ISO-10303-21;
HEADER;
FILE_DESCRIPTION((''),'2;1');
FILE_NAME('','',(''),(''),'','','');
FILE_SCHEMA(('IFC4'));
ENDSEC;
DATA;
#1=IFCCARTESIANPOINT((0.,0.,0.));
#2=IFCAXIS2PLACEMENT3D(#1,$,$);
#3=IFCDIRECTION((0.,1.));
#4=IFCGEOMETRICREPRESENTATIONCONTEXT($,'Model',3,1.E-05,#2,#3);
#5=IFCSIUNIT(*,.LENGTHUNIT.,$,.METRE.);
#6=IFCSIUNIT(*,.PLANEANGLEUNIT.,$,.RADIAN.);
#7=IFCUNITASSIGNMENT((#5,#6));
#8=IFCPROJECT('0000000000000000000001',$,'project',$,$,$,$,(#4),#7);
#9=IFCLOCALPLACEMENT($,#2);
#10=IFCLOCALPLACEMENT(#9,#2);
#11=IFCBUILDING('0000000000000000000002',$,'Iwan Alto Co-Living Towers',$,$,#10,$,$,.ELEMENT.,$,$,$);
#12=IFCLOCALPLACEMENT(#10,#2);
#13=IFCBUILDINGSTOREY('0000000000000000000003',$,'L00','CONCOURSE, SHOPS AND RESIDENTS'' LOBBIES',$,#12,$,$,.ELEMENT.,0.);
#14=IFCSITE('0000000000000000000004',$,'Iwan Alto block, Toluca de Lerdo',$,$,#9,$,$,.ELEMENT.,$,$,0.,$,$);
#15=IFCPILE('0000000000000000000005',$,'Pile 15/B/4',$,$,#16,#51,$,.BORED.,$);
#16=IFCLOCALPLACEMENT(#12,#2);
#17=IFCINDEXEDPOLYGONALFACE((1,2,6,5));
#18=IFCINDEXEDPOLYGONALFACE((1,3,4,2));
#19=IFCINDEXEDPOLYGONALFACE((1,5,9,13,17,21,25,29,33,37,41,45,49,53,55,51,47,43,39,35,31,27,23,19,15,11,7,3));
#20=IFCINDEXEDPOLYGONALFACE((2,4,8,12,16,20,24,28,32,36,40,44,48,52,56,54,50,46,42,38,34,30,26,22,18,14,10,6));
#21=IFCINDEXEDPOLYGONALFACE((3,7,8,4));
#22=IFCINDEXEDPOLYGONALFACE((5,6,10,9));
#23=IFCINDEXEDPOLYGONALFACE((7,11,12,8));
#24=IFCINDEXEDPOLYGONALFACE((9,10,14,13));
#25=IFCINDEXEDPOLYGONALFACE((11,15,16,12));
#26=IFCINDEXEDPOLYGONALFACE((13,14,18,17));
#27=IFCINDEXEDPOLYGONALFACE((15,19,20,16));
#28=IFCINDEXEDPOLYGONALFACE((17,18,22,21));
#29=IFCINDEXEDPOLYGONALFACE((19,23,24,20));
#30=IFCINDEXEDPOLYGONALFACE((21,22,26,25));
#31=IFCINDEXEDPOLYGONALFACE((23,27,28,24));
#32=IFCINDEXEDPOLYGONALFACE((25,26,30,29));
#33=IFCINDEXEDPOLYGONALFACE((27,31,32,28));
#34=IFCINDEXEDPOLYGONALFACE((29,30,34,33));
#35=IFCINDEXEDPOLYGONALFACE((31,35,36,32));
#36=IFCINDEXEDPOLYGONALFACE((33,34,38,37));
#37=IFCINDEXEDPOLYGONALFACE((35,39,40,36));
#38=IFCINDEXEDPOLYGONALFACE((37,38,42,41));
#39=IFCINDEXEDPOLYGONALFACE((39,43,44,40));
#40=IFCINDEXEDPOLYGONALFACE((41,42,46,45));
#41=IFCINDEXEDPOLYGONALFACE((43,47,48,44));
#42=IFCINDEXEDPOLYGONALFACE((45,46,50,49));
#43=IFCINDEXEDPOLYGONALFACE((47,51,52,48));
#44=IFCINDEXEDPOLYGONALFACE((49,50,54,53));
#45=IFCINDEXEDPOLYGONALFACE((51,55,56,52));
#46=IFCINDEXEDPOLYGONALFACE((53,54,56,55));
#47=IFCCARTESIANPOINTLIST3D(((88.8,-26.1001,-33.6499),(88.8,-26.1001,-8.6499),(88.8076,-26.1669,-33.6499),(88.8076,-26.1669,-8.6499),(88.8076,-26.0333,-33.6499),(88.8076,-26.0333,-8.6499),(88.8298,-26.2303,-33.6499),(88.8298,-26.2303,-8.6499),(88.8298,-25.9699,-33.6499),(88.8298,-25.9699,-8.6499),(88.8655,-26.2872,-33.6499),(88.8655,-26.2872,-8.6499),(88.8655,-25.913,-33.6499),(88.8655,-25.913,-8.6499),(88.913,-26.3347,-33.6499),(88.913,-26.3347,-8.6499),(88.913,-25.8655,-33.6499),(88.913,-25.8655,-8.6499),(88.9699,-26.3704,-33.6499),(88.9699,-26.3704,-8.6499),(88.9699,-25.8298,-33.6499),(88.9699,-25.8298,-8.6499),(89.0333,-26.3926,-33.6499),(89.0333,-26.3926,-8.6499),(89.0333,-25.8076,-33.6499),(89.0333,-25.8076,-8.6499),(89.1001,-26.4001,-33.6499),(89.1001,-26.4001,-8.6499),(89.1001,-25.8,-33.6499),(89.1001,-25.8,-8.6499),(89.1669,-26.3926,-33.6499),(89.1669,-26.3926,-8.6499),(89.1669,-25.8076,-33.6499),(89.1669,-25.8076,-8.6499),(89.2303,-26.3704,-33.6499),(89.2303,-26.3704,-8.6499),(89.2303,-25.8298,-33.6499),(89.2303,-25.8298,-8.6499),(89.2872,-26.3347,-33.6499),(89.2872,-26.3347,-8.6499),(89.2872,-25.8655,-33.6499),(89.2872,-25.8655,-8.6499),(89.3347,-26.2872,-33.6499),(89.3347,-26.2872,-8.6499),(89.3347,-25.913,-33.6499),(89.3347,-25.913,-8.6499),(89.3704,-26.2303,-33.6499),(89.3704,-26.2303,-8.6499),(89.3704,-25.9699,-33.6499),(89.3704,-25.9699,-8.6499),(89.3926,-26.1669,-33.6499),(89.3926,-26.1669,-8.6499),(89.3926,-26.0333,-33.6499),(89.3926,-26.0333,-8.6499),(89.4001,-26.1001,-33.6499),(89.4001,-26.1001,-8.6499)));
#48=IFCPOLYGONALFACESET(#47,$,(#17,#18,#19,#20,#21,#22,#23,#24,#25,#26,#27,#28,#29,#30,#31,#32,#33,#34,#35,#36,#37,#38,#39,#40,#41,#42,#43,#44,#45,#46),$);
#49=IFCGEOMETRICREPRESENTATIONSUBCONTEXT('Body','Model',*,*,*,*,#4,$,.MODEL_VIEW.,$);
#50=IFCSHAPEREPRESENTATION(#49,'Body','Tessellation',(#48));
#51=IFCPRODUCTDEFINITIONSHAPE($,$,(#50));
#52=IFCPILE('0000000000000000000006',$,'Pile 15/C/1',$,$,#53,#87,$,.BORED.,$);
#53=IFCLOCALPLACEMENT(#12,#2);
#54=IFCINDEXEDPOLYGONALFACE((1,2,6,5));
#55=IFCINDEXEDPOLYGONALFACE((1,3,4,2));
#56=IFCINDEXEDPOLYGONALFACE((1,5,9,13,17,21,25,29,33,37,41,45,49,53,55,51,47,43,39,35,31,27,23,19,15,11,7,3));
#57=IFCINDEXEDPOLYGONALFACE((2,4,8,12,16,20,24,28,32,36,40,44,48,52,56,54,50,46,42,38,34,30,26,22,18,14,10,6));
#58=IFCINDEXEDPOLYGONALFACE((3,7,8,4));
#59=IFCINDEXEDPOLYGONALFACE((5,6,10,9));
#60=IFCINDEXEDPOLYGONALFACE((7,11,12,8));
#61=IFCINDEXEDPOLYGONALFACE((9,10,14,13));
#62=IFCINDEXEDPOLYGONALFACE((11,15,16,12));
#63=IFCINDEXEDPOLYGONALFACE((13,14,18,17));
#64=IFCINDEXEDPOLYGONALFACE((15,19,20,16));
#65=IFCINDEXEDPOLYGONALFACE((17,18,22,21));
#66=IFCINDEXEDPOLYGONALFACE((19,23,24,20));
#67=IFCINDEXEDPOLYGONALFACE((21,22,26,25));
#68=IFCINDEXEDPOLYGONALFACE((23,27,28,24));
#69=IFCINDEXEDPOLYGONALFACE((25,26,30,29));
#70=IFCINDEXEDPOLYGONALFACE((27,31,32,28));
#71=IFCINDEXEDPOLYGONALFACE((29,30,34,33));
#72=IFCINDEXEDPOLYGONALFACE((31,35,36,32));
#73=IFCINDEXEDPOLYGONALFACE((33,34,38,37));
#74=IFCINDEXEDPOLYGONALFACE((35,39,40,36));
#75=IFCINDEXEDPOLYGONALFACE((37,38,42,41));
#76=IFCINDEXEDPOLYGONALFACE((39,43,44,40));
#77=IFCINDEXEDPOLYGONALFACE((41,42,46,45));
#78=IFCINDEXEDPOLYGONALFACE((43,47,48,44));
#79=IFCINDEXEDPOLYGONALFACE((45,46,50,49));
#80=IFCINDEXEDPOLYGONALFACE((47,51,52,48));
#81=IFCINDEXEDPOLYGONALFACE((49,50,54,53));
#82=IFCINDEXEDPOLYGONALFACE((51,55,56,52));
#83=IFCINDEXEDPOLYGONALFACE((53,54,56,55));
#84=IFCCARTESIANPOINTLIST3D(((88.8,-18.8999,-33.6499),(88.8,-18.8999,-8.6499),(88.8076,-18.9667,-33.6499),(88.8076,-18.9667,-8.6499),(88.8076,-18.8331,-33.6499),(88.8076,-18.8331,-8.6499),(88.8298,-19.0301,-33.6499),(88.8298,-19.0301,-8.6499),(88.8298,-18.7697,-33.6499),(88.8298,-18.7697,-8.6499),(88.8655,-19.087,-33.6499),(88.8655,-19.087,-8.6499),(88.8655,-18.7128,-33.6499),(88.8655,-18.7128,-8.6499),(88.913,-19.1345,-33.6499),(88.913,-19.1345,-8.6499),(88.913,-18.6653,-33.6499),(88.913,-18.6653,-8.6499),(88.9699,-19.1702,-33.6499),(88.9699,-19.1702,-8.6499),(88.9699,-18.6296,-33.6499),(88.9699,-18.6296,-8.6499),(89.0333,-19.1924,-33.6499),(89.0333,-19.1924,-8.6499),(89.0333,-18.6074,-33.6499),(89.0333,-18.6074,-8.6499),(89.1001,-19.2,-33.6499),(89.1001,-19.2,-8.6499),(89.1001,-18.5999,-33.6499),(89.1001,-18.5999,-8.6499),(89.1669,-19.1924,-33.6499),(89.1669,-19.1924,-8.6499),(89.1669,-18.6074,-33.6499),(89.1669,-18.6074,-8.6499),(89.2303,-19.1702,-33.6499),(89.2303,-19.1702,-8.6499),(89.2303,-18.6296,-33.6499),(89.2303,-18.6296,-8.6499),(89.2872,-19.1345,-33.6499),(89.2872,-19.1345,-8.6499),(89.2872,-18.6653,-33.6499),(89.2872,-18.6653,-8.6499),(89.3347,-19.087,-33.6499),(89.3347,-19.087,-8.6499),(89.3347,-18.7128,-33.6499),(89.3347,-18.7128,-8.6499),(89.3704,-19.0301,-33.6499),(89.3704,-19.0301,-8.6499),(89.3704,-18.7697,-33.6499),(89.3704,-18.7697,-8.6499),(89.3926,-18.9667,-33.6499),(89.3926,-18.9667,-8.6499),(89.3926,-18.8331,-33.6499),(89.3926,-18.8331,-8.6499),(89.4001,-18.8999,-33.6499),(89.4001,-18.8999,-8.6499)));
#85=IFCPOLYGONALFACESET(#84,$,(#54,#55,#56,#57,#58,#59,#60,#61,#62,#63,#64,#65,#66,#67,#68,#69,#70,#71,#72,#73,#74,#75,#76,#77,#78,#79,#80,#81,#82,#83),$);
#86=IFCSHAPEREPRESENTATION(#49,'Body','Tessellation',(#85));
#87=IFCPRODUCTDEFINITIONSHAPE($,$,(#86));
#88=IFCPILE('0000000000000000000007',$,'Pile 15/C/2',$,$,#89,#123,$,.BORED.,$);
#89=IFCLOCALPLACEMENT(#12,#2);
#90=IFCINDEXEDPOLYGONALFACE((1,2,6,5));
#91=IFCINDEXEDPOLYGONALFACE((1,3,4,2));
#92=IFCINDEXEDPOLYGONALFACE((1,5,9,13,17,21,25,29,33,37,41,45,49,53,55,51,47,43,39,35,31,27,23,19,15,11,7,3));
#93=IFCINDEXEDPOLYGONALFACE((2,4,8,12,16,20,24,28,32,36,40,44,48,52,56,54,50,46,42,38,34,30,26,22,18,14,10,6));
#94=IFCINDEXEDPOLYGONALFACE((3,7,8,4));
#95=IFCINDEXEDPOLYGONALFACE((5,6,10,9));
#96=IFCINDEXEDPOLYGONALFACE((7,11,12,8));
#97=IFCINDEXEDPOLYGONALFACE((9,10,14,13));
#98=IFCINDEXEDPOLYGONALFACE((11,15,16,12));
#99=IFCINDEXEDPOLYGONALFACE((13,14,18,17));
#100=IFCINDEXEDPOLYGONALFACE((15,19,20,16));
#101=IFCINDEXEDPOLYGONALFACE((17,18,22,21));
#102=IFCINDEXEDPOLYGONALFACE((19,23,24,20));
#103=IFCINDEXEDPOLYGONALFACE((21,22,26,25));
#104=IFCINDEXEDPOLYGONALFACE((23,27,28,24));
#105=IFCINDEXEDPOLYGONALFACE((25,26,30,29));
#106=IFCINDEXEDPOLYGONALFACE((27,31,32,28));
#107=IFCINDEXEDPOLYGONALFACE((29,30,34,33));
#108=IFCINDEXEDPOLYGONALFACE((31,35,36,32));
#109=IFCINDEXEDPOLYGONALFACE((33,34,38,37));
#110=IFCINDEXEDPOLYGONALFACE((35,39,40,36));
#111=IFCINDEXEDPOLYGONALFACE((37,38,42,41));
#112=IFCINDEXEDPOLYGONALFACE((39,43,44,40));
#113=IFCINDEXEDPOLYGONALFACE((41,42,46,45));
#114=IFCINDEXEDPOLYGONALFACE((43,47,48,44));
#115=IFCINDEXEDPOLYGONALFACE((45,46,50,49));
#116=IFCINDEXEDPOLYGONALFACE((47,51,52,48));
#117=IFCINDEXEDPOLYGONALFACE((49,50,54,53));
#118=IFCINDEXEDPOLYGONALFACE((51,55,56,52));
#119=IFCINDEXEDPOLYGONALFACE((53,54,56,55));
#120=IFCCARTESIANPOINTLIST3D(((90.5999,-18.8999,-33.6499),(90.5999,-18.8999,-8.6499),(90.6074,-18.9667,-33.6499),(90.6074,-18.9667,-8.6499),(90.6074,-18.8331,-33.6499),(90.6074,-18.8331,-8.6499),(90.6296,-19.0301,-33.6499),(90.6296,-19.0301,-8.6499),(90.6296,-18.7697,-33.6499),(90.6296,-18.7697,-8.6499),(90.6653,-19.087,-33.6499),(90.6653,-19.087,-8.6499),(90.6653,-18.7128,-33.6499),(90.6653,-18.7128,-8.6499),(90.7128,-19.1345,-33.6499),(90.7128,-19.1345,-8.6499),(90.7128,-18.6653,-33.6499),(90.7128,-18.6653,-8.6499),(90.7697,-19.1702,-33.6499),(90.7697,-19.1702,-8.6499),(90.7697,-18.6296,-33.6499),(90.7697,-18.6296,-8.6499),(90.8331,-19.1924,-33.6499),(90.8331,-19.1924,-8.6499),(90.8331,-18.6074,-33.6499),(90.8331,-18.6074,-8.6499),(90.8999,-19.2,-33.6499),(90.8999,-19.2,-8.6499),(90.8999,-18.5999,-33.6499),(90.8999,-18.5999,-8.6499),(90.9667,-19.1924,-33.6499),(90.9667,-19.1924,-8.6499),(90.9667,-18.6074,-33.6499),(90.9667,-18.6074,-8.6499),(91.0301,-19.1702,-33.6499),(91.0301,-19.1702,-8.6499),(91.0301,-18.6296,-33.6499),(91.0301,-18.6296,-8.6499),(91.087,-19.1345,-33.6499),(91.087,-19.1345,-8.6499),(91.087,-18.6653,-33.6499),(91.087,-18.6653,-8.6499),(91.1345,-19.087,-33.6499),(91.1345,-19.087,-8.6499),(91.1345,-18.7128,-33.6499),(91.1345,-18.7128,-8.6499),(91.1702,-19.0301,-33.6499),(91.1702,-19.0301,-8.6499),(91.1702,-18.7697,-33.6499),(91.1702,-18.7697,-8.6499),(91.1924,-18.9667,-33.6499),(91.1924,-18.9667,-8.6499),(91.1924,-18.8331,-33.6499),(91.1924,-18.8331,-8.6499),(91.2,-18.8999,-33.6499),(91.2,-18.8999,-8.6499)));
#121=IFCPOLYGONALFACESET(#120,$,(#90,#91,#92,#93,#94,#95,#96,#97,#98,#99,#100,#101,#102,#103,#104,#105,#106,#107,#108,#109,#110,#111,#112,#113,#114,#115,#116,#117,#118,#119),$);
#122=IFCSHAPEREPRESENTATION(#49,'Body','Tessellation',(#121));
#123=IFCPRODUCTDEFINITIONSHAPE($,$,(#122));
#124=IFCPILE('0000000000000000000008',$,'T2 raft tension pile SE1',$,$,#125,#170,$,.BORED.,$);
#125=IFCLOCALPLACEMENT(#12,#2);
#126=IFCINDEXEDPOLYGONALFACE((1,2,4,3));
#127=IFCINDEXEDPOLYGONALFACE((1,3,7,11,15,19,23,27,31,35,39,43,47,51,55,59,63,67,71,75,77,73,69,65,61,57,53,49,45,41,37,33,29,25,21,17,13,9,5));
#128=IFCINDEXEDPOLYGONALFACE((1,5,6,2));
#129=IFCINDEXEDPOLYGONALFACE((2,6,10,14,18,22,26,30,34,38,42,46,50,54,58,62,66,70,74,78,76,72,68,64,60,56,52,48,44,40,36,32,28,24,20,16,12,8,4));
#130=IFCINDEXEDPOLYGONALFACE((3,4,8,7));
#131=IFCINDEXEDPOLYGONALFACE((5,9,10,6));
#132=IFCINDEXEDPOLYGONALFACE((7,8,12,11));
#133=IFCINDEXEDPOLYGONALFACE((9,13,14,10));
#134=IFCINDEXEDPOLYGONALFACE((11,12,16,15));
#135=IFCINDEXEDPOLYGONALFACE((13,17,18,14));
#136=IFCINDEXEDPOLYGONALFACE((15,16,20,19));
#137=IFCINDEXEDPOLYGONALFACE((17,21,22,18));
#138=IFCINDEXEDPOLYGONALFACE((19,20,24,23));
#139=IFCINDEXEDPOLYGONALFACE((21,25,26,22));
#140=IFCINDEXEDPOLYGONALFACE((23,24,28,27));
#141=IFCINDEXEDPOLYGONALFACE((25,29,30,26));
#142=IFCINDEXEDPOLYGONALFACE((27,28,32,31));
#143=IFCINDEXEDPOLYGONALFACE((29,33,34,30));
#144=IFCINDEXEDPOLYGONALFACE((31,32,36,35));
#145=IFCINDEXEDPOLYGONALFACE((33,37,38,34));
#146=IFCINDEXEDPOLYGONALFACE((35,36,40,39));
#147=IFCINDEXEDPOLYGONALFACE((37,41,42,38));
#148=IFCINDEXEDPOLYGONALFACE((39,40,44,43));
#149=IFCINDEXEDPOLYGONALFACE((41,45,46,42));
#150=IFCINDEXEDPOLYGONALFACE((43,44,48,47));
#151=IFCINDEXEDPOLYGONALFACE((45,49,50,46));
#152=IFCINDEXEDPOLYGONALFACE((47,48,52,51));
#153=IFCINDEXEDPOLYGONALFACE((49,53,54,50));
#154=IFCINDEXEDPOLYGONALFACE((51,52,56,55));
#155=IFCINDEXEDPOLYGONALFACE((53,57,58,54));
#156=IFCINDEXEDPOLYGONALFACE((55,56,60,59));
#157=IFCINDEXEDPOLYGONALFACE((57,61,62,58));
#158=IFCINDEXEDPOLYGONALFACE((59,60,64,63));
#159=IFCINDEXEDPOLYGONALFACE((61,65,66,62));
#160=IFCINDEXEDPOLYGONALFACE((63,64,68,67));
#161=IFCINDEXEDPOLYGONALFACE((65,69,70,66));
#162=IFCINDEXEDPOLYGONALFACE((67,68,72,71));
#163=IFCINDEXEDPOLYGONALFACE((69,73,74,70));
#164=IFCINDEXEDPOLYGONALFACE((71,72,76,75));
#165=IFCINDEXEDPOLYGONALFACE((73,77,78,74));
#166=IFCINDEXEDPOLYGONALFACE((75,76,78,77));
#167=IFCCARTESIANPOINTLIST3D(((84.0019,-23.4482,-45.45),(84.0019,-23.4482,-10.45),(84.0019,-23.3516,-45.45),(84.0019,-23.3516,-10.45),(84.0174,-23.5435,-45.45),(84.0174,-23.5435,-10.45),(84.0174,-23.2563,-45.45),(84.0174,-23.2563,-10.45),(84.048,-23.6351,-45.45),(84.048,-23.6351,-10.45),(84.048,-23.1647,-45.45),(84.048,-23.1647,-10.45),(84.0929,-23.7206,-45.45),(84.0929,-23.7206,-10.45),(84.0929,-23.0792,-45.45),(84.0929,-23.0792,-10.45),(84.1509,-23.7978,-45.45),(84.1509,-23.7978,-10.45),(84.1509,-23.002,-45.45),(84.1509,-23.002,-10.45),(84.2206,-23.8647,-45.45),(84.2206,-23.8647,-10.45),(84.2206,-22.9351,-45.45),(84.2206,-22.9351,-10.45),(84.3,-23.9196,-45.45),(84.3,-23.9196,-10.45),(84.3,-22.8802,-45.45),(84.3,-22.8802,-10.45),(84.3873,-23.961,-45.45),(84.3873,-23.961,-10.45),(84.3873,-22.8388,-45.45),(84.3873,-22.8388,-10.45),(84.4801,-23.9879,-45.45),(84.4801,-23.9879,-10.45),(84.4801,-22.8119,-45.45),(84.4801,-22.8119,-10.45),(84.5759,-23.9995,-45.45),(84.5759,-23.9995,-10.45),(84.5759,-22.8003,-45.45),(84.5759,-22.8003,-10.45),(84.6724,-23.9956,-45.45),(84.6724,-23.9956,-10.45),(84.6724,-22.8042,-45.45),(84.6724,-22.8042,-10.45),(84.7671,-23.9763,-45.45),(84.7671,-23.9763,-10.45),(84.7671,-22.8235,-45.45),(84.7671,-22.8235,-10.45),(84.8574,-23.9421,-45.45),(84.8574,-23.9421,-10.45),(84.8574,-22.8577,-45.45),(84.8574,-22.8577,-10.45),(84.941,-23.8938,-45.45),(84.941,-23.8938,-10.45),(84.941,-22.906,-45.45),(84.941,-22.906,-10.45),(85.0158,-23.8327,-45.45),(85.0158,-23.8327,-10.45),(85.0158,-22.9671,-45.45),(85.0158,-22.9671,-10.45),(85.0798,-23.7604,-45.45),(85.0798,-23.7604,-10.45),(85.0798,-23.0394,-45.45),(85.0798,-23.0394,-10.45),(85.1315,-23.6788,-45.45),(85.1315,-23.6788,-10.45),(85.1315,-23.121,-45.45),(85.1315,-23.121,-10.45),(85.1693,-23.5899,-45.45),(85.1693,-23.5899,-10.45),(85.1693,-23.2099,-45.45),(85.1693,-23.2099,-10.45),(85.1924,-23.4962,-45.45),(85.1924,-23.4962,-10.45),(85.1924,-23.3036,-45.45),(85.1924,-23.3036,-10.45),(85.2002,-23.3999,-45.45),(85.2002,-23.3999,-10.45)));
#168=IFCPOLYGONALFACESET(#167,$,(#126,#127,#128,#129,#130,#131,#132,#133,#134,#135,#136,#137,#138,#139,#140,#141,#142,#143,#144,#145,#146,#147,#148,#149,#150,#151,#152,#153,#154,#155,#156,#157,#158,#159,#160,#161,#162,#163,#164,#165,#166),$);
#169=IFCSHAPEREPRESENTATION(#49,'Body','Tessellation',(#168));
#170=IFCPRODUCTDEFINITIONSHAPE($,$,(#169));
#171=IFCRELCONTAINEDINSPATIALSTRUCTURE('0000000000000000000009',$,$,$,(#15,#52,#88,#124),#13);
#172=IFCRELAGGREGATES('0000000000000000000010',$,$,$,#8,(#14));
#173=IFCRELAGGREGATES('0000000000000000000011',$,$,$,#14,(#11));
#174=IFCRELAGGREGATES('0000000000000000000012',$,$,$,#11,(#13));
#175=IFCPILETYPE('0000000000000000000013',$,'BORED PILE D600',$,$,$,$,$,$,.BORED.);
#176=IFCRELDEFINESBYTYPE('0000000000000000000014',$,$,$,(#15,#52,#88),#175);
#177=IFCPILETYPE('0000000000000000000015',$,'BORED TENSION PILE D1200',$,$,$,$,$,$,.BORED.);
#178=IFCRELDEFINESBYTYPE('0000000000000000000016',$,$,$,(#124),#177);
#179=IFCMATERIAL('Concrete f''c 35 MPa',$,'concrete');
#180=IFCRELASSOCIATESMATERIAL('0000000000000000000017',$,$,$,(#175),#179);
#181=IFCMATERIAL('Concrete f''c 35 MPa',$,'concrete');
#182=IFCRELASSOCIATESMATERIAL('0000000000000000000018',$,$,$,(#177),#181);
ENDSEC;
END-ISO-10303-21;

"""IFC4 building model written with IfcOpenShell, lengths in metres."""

from ifc_helpers import new_model, si_unit, direction, frame, origin, origin_2d, place, context, subcontext, project, spatial, circle, extrude, material, material_profile, profile_set, type_object, element, save


model = new_model("IFC4")

# Units and contexts
model_context = context("Model", 3, precision=1e-05, world=origin(), true_north=direction((0.0, 1.0)))
body_context = subcontext(model_context, "Body", "Model", "MODEL_VIEW")
ifc_project = project(units=[si_unit("LENGTHUNIT", "METRE"), si_unit("PLANEANGLEUNIT", "RADIAN")], contexts=[model_context])

# Site, building, storey
site_placement = place(None, origin())
site = spatial("IfcSite", under=ifc_project, at=site_placement, Name="Iwan Alto block, Toluca de Lerdo", CompositionType="ELEMENT", RefElevation=0.0)
building_placement = place(site_placement, origin())
building = spatial("IfcBuilding", under=site, at=building_placement, Name="Iwan Alto Co-Living Towers", CompositionType="ELEMENT")
storey_placement = place(building_placement, origin())
storey = spatial("IfcBuildingStorey", under=building, at=storey_placement, Name="L00", Description="CONCOURSE, SHOPS AND RESIDENTS' LOBBIES", CompositionType="ELEMENT", Elevation=0.0)

# Piles
ifc_material_1 = material(Name="Concrete f'c 35 MPa", Category="concrete")
ifc_material_profile_1 = material_profile(ifc_material_1, circle(Radius=0.3, at=origin_2d()), Name="D600")
ifc_profile_set_1 = profile_set([ifc_material_profile_1], Name="Concrete f'c 35 MPa")
pile_type_1 = type_object("IfcPileType", Name="BORED PILE D600", PredefinedType="BORED", material=ifc_profile_set_1)
for number, where, z_axis, x_axis, name in (
    (1, (89.1001, -26.1001, -8.6499), (0.0, 0.0, -1.0), (1.0, 0.0, 0.0), "Pile 15/B/4"),
    (2, (89.1001, -18.8999, -8.6499), (0.0, 0.0, -1.0), (1.0, 0.0, 0.0), "Pile 15/C/1"),
    (3, (90.8999, -18.8999, -8.6499), (0.0, 0.0, -1.0), (1.0, 0.0, 0.0), "Pile 15/C/2"),
):
    element("IfcPile", number, at=place(storey_placement, frame(where, z_axis=z_axis, x_axis=x_axis)), inside=storey, type_object=pile_type_1, Name=name, PredefinedType="BORED", context=body_context, shape_type="SweptSolid", body=[
        extrude(circle(Radius=0.3, at=origin_2d()), origin(), (0.0, 0.0, 1.0), 25.0),
    ])
ifc_material_2 = material(Name="Concrete f'c 35 MPa", Category="concrete")
ifc_material_profile_2 = material_profile(ifc_material_2, circle(Radius=0.6001, at=origin_2d()), Name="D1200")
ifc_profile_set_2 = profile_set([ifc_material_profile_2], Name="Concrete f'c 35 MPa")
pile_type_2 = type_object("IfcPileType", Name="BORED TENSION PILE D1200", PredefinedType="BORED", material=ifc_profile_set_2)
for number, where, z_axis, x_axis, name in (
    (4, (84.6001, -23.3999, -10.45), (0.0, 0.0, -1.0), (1.0, 0.0, 0.0), "T2 raft tension pile SE1"),
):
    element("IfcPile", number, at=place(storey_placement, frame(where, z_axis=z_axis, x_axis=x_axis)), inside=storey, type_object=pile_type_2, Name=name, PredefinedType="BORED", context=body_context, shape_type="SweptSolid", body=[
        extrude(circle(Radius=0.6001, at=origin_2d()), origin(), (0.0, 0.0, 1.0), 35.0),
    ])

save(model, "model.ifc")
